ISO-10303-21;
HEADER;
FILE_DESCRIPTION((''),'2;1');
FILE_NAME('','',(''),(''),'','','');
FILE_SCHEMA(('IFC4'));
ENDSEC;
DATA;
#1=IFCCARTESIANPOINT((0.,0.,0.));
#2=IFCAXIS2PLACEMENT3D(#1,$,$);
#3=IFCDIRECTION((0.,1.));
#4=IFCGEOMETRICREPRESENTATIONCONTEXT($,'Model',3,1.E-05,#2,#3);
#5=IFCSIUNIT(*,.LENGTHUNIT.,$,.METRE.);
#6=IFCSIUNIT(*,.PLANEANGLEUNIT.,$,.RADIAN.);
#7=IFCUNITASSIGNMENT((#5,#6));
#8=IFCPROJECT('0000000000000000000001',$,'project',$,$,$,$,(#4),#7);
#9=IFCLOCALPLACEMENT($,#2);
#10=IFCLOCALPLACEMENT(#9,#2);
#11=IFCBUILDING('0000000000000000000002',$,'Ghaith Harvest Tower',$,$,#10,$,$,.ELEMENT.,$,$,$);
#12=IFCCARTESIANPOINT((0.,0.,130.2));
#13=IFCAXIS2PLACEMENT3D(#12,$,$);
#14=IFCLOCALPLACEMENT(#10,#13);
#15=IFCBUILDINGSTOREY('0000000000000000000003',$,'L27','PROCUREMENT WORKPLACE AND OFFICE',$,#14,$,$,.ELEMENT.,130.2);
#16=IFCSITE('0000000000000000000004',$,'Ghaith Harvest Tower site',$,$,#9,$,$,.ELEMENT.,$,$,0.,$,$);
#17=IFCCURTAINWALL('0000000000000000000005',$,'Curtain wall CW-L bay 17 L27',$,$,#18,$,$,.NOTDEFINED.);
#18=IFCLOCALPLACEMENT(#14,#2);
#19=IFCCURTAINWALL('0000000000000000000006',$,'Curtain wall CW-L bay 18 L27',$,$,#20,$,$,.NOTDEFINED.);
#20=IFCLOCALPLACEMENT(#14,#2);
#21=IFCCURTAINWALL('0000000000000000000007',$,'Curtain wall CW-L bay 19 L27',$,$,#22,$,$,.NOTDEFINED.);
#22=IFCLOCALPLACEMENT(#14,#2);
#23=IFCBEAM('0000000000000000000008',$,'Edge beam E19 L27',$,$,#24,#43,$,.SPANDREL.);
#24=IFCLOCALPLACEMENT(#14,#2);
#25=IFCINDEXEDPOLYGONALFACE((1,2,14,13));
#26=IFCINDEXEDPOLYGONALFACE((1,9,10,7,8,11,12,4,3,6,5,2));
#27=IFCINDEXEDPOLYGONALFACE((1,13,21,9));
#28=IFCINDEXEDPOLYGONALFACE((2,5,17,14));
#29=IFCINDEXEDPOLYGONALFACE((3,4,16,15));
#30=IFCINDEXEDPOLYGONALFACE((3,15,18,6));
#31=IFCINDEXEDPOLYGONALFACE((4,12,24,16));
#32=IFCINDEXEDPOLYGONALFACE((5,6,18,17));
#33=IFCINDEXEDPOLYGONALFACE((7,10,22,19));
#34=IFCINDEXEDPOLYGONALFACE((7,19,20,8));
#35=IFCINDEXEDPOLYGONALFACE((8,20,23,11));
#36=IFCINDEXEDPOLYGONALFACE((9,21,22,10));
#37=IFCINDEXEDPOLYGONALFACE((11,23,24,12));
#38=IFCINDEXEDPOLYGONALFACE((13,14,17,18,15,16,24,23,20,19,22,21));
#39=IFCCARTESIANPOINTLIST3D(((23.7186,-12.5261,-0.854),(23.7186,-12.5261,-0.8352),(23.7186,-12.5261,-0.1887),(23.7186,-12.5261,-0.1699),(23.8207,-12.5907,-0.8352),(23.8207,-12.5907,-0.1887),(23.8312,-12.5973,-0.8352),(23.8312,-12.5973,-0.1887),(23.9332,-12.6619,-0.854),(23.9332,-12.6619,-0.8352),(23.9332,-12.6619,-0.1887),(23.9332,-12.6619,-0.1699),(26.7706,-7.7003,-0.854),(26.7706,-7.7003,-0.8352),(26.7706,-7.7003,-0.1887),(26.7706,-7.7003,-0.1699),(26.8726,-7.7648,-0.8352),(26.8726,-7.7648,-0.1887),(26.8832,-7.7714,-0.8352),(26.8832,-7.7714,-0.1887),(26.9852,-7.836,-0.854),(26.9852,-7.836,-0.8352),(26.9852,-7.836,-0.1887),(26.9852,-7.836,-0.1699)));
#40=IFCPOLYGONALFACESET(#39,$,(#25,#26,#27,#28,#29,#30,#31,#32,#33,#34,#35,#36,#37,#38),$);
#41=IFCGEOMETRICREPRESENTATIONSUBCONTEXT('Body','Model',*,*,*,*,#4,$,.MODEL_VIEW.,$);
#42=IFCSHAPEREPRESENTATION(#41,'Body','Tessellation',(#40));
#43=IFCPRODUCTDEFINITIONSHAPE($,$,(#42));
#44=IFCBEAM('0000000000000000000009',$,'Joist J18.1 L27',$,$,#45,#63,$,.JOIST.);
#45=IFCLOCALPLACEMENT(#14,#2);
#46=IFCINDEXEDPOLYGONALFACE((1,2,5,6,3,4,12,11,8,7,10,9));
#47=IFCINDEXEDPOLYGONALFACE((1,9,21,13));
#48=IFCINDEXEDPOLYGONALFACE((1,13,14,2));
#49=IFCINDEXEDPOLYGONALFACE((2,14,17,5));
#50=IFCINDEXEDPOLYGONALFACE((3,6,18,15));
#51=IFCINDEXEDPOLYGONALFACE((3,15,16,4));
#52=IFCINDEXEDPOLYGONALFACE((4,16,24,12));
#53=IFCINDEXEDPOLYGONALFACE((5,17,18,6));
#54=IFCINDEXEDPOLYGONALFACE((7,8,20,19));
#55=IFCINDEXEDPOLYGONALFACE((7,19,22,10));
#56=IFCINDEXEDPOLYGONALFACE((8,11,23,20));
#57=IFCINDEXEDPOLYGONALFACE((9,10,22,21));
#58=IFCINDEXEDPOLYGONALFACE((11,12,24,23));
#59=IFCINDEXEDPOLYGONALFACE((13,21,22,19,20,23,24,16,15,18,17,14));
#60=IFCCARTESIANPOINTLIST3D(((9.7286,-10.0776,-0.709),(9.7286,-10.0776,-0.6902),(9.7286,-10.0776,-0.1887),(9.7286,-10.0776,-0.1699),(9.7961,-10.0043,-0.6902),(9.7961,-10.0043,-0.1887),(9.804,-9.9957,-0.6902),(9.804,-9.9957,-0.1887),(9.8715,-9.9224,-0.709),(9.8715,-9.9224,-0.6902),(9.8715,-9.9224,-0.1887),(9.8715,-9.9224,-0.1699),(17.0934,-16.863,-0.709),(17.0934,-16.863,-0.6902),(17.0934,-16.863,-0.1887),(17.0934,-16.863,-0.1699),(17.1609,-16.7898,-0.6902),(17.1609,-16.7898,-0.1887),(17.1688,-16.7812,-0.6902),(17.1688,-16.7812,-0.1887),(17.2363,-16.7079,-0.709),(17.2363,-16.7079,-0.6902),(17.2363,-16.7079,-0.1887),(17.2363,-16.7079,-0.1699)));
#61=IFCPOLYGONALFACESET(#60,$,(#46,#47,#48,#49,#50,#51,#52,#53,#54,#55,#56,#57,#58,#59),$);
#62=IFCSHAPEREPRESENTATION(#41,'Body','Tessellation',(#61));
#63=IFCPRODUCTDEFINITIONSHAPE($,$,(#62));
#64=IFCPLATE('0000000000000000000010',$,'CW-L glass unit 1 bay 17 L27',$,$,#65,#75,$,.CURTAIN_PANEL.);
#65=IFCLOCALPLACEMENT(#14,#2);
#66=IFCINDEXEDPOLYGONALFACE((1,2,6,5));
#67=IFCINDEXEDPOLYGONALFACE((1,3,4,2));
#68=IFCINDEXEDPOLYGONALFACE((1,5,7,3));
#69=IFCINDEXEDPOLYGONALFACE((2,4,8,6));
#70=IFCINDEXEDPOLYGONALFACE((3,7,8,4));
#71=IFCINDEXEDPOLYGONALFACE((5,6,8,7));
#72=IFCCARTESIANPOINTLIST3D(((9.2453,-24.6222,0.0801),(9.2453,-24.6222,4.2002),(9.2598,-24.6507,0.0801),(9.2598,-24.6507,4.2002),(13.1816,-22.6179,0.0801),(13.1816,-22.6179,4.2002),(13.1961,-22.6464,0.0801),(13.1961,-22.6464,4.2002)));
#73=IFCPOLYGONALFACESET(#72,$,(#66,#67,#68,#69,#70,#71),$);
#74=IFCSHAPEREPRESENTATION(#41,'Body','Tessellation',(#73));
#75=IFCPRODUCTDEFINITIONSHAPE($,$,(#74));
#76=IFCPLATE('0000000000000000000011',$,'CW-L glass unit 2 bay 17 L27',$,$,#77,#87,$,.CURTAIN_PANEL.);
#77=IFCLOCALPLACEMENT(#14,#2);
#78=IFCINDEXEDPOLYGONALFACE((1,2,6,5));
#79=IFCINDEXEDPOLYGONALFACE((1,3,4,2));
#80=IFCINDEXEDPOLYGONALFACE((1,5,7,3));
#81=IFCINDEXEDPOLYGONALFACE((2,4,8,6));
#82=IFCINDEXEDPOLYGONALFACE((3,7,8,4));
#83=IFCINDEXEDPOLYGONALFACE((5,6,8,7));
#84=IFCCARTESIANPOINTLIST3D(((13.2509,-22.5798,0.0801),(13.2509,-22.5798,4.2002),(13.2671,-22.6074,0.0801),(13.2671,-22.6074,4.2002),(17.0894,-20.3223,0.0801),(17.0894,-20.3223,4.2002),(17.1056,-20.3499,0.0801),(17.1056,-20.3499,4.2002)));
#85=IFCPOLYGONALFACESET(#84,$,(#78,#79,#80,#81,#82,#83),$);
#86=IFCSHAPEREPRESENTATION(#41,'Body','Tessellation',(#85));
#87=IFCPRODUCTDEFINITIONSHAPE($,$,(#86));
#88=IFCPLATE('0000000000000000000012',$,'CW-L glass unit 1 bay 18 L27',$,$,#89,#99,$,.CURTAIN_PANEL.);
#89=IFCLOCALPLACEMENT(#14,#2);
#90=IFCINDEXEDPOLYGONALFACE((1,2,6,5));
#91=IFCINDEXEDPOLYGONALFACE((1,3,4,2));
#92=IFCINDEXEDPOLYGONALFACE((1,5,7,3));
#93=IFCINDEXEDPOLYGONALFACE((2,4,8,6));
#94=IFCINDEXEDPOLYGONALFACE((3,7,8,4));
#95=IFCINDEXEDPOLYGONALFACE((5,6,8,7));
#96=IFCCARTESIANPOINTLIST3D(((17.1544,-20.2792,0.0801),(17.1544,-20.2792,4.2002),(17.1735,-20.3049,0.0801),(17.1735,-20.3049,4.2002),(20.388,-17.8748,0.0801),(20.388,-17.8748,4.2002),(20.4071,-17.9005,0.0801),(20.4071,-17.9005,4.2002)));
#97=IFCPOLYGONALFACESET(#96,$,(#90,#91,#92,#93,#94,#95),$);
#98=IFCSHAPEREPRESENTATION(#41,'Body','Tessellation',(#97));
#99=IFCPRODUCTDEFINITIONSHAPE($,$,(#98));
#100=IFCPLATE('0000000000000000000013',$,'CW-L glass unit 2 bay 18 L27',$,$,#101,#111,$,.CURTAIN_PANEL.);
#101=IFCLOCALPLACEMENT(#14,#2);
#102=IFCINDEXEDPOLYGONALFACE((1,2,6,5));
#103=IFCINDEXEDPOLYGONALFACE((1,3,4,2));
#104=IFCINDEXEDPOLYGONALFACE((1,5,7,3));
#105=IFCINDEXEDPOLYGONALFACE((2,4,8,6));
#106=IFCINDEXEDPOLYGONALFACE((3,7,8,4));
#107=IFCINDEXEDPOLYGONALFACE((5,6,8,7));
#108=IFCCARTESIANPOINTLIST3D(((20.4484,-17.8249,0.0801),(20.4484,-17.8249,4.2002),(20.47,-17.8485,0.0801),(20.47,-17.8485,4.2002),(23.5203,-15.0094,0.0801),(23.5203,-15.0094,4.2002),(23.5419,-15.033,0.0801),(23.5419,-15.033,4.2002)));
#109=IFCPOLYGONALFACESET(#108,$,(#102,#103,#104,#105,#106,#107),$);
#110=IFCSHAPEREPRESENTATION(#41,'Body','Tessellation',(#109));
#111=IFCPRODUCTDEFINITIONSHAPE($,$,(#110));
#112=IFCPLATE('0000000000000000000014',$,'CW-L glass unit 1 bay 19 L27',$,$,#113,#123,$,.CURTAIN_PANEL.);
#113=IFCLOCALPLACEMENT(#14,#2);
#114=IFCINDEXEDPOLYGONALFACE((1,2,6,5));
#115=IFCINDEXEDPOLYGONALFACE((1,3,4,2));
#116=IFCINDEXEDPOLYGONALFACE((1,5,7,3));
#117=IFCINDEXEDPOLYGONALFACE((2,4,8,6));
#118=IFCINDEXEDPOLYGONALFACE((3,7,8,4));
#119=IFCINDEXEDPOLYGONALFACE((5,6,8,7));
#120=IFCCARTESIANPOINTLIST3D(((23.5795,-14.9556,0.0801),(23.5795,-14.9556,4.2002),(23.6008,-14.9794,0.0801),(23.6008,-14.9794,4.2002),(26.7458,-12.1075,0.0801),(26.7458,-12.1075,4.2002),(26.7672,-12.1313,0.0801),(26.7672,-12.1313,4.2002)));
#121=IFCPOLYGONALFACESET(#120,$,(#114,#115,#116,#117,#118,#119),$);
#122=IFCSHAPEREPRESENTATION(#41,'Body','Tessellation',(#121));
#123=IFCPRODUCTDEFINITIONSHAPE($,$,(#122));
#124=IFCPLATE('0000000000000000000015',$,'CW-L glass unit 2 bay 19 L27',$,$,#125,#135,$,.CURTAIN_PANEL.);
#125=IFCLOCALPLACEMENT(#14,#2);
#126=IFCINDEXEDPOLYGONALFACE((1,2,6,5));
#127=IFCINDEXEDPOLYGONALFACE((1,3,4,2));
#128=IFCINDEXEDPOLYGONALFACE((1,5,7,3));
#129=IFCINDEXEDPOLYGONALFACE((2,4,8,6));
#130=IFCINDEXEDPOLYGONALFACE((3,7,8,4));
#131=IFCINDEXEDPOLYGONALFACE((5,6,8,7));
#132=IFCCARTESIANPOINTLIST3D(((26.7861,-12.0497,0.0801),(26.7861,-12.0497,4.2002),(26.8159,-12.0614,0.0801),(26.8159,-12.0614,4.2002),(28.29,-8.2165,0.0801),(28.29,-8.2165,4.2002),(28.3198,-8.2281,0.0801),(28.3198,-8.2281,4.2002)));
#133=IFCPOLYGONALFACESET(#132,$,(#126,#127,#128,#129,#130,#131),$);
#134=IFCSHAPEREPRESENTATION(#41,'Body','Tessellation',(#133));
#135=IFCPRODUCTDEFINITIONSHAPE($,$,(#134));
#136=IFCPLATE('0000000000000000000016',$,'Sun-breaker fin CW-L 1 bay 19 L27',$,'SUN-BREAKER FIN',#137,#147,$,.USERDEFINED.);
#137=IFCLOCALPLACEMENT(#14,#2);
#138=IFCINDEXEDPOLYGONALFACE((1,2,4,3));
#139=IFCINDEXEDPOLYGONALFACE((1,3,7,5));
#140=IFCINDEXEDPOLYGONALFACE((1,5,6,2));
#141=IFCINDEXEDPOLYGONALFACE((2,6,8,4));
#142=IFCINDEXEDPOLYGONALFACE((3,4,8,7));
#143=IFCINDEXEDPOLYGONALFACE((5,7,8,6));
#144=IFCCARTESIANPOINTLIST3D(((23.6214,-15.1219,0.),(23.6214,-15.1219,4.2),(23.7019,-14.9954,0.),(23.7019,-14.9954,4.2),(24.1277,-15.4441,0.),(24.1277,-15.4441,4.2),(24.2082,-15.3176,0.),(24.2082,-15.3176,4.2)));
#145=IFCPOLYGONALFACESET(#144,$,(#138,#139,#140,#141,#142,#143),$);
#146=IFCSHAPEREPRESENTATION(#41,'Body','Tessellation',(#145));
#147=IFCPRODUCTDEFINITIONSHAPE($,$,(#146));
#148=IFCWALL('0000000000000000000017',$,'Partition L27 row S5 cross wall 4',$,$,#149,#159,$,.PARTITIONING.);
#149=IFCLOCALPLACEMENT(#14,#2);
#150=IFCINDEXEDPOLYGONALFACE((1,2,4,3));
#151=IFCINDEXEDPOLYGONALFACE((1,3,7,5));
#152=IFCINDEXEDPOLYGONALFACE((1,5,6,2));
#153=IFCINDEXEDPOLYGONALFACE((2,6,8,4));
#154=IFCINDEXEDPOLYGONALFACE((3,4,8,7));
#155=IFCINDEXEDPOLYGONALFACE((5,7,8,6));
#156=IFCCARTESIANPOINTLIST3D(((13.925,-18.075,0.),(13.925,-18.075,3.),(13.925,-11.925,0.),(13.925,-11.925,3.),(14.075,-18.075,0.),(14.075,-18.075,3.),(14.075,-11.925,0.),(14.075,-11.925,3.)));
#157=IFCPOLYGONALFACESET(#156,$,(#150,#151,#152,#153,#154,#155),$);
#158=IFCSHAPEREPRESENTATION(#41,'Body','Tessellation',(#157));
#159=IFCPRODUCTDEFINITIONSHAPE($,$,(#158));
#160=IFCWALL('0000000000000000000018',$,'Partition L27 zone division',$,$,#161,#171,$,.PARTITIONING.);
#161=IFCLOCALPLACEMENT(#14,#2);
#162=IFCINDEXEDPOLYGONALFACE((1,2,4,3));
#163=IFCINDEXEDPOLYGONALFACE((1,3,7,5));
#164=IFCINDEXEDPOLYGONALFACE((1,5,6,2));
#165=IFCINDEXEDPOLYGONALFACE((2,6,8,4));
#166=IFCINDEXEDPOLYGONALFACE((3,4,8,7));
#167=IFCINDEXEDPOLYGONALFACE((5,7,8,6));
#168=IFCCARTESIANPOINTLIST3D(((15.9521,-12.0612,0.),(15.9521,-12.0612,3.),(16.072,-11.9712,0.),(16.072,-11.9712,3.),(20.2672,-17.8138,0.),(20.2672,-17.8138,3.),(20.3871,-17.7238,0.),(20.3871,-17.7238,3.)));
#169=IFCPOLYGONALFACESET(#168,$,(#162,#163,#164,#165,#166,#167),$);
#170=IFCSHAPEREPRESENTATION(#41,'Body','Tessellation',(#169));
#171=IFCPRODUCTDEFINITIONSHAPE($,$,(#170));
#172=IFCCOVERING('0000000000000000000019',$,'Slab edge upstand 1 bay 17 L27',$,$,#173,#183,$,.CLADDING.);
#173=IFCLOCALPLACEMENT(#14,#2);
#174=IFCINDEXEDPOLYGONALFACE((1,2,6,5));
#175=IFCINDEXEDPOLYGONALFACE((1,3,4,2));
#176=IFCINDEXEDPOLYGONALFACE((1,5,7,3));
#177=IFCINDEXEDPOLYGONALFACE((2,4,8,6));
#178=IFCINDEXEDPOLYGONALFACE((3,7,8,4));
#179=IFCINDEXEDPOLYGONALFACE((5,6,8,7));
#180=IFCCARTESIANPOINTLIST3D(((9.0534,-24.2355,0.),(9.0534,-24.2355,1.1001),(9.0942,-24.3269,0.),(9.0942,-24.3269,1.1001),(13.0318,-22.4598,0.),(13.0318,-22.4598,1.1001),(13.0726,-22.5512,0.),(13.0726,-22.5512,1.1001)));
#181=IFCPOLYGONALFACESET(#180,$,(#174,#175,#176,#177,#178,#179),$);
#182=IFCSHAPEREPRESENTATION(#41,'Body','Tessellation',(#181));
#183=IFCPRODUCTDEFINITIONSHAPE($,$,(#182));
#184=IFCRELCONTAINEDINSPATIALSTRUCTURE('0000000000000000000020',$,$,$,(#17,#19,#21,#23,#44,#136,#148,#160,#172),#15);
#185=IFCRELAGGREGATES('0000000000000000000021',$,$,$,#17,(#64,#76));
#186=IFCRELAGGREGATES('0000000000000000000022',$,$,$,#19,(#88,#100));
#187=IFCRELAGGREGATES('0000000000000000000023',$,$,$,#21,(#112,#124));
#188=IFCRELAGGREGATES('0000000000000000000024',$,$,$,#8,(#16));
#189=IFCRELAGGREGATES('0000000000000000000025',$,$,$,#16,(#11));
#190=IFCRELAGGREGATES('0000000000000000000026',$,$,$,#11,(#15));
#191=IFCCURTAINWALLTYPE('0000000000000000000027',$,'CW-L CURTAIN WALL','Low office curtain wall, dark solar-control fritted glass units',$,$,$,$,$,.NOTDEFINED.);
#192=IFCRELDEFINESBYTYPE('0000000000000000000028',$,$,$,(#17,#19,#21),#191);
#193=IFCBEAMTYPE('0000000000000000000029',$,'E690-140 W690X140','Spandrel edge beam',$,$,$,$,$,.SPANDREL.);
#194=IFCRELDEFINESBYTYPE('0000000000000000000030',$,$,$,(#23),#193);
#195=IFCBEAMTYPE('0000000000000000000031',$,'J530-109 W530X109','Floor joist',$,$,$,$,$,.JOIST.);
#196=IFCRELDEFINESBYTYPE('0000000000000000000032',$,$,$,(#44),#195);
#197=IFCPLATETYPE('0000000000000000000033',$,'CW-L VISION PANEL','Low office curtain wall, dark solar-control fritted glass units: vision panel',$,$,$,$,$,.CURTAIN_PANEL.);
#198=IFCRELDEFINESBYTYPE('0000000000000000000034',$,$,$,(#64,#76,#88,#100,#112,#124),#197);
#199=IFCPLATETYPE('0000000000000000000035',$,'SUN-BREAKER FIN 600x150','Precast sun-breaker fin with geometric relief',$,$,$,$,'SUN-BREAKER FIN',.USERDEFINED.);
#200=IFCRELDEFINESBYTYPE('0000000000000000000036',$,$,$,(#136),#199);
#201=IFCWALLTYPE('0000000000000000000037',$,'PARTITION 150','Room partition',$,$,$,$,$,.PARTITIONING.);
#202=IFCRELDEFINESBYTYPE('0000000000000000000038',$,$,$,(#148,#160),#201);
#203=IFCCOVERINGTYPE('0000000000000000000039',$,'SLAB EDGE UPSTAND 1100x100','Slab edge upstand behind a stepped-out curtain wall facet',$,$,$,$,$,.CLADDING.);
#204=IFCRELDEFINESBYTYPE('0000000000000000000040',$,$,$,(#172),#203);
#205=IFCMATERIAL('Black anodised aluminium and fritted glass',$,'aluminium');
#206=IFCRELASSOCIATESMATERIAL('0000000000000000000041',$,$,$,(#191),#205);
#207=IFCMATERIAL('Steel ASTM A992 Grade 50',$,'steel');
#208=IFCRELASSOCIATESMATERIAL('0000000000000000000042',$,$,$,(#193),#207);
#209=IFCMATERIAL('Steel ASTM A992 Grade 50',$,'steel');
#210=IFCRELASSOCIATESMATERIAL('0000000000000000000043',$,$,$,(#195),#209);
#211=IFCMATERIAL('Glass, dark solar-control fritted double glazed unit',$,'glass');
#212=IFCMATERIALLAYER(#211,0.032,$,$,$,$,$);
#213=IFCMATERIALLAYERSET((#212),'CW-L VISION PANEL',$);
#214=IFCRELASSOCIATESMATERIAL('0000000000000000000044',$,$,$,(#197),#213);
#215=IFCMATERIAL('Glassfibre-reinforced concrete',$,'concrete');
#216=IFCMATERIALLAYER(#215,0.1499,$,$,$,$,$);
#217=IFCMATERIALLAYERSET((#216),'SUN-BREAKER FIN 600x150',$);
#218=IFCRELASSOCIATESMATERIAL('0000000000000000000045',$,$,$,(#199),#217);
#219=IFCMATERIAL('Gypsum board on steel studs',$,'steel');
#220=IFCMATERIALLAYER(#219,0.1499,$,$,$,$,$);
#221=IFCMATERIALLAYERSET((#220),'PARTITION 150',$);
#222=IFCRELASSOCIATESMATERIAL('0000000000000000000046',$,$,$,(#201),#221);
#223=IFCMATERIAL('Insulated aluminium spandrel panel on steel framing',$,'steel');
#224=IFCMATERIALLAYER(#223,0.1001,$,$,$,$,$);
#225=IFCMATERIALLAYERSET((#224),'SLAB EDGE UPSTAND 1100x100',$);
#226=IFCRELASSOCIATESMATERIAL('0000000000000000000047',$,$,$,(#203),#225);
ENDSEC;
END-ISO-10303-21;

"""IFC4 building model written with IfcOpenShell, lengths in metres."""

from ifc_helpers import new_model, si_unit, direction, frame, frame_2d, origin, origin_2d, place, context, subcontext, project, spatial, rectangle, i_section, extrude, material, layer, layer_set, material_profile, profile_set, type_object, element, aggregate, save


model = new_model("IFC4")

# Units and contexts
model_context = context("Model", 3, precision=1e-05, world=origin(), true_north=direction((0.0, 1.0)))
body_context = subcontext(model_context, "Body", "Model", "MODEL_VIEW")
ifc_project = project(units=[si_unit("LENGTHUNIT", "METRE"), si_unit("PLANEANGLEUNIT", "RADIAN")], contexts=[model_context])

# Site, building, storey
site_placement = place(None, origin())
site = spatial("IfcSite", under=ifc_project, at=site_placement, Name="Ghaith Harvest Tower site", CompositionType="ELEMENT", RefElevation=0.0)
building_placement = place(site_placement, origin())
building = spatial("IfcBuilding", under=site, at=building_placement, Name="Ghaith Harvest Tower", CompositionType="ELEMENT")
storey_placement = place(building_placement, frame((0.0, 0.0, 130.2)))
storey = spatial("IfcBuildingStorey", under=building, at=storey_placement, Name="L27", Description="PROCUREMENT WORKPLACE AND OFFICE", CompositionType="ELEMENT", Elevation=130.2)

# Curtain wall
ifc_material_1 = material(Name="Black anodised aluminium and fritted glass", Category="aluminium")
curtain_wall_type = type_object("IfcCurtainWallType", Name="CW-L CURTAIN WALL", Description="Low office curtain wall, dark solar-control fritted glass units", PredefinedType="NOTDEFINED", material=ifc_material_1)
curtain_wall_1_placement = place(storey_placement, origin())
curtain_wall_1 = element("IfcCurtainWall", 1, at=curtain_wall_1_placement, inside=storey, type_object=curtain_wall_type, Name="Curtain wall CW-L bay 17 L27", PredefinedType="NOTDEFINED")

# Curtain walls
curtain_wall_2_placement = place(storey_placement, origin())
curtain_wall_2 = element("IfcCurtainWall", 2, at=curtain_wall_2_placement, inside=storey, type_object=curtain_wall_type, Name="Curtain wall CW-L bay 18 L27", PredefinedType="NOTDEFINED")
curtain_wall_3_placement = place(storey_placement, origin())
curtain_wall_3 = element("IfcCurtainWall", 3, at=curtain_wall_3_placement, inside=storey, type_object=curtain_wall_type, Name="Curtain wall CW-L bay 19 L27", PredefinedType="NOTDEFINED")

# Beams
ifc_material_2 = material(Name="Steel ASTM A992 Grade 50", Category="steel")
ifc_material_profile_1 = material_profile(ifc_material_2, i_section(OverallWidth=0.2539, OverallDepth=0.6841, WebThickness=0.0125, FlangeThickness=0.0188, at=origin_2d()), Name="W690X140")
ifc_profile_set_1 = profile_set([ifc_material_profile_1], Name="Steel ASTM A992 Grade 50")
beam_type_1 = type_object("IfcBeamType", Name="E690-140 W690X140", Description="Spandrel edge beam", PredefinedType="SPANDREL", material=ifc_profile_set_1)
beam_1_placement = place(storey_placement, frame((23.8259, -12.594, -0.512), z_axis=(0.5345, 0.845169, 0.0), x_axis=(-0.845169, 0.5345, 0.0)))
element("IfcBeam", 4, at=beam_1_placement, inside=storey, type_object=beam_type_1, Name="Edge beam E19 L27", PredefinedType="SPANDREL", context=body_context, shape_type="SweptSolid", body=[
    extrude(i_section(OverallWidth=0.2539, OverallDepth=0.6841, WebThickness=0.0125, FlangeThickness=0.0188, at=origin_2d()), origin(), (0.0, 0.0, 1.0), 5.71),
])
ifc_material_3 = material(Name="Steel ASTM A992 Grade 50", Category="steel")
ifc_material_profile_2 = material_profile(ifc_material_3, i_section(OverallWidth=0.2109, OverallDepth=0.5391, WebThickness=0.0117, FlangeThickness=0.0188, at=origin_2d()), Name="W530X109")
ifc_profile_set_2 = profile_set([ifc_material_profile_2], Name="Steel ASTM A992 Grade 50")
beam_type_2 = type_object("IfcBeamType", Name="J530-109 W530X109", Description="Floor joist", PredefinedType="JOIST", material=ifc_profile_set_2)
beam_2_placement = place(storey_placement, frame((9.8, -10.0, -0.4395), z_axis=(0.735442, -0.677588, 0.0), x_axis=(0.677588, 0.735442, 0.0)))
element("IfcBeam", 5, at=beam_2_placement, inside=storey, type_object=beam_type_2, Name="Joist J18.1 L27", PredefinedType="JOIST", context=body_context, shape_type="SweptSolid", body=[
    extrude(i_section(OverallWidth=0.2109, OverallDepth=0.5391, WebThickness=0.0117, FlangeThickness=0.0188, at=origin_2d()), origin(), (0.0, 0.0, 1.0), 10.0142),
])

# Plates
ifc_material_4 = material(Name="Glass, dark solar-control fritted double glazed unit", Category="glass")
ifc_layer_1 = layer(ifc_material_4, 0.032)
ifc_layer_set_1 = layer_set([ifc_layer_1], Name="CW-L VISION PANEL")
plate_type_1 = type_object("IfcPlateType", Name="CW-L VISION PANEL", Description="Low office curtain wall, dark solar-control fritted glass units: vision panel", PredefinedType="CURTAIN_PANEL", material=ifc_layer_set_1)
plate_1_placement = place(storey_placement, frame((11.2207, -23.6343, 0.0801), z_axis=(0.0, 0.0, 1.0), x_axis=(0.891127, 0.453754, 0.0)))
plate_1 = element("IfcPlate", 6, at=plate_1_placement, type_object=plate_type_1, Name="CW-L glass unit 1 bay 17 L27", PredefinedType="CURTAIN_PANEL", context=body_context, shape_type="SweptSolid", body=[
    extrude(rectangle(XDim=4.4172, YDim=0.032, at=origin_2d()), origin(), (0.0, 0.0, 1.0), 4.1201),
])
plate_2_placement = place(storey_placement, frame((15.1782, -21.4648, 0.0801), z_axis=(0.0, 0.0, 1.0), x_axis=(0.861979, 0.506943, 0.0)))
plate_2 = element("IfcPlate", 7, at=plate_2_placement, type_object=plate_type_1, Name="CW-L glass unit 2 bay 17 L27", PredefinedType="CURTAIN_PANEL", context=body_context, shape_type="SweptSolid", body=[
    extrude(rectangle(XDim=4.4531, YDim=0.032, at=origin_2d()), origin(), (0.0, 0.0, 1.0), 4.1201),
])
aggregate(curtain_wall_1, [plate_1, plate_2])
plate_3_placement = place(storey_placement, frame((18.7808, -19.0898, 0.0801), z_axis=(0.0, 0.0, 1.0), x_axis=(0.802462, 0.596703, 0.0)))
plate_3 = element("IfcPlate", 8, at=plate_3_placement, type_object=plate_type_1, Name="CW-L glass unit 1 bay 18 L27", PredefinedType="CURTAIN_PANEL", context=body_context, shape_type="SweptSolid", body=[
    extrude(rectangle(XDim=4.0295, YDim=0.032, at=origin_2d()), origin(), (0.0, 0.0, 1.0), 4.1201),
])
plate_4_placement = place(storey_placement, frame((21.9951, -16.429, 0.0801), z_axis=(0.0, 0.0, 1.0), x_axis=(0.737202, 0.675673, 0.0)))
plate_4 = element("IfcPlate", 9, at=plate_4_placement, type_object=plate_type_1, Name="CW-L glass unit 2 bay 18 L27", PredefinedType="CURTAIN_PANEL", context=body_context, shape_type="SweptSolid", body=[
    extrude(rectangle(XDim=4.167, YDim=0.032, at=origin_2d()), origin(), (0.0, 0.0, 1.0), 4.1201),
])
aggregate(curtain_wall_2, [plate_3, plate_4])
plate_5_placement = place(storey_placement, frame((25.1733, -13.5435, 0.0801), z_axis=(0.0, 0.0, 1.0), x_axis=(0.743493, 0.668744, 0.0)))
plate_5 = element("IfcPlate", 10, at=plate_5_placement, type_object=plate_type_1, Name="CW-L glass unit 1 bay 19 L27", PredefinedType="CURTAIN_PANEL", context=body_context, shape_type="SweptSolid", body=[
    extrude(rectangle(XDim=4.2588, YDim=0.032, at=origin_2d()), origin(), (0.0, 0.0, 1.0), 4.1201),
])
plate_6_placement = place(storey_placement, frame((27.553, -10.1389, 0.0801), z_axis=(0.0, 0.0, 1.0), x_axis=(0.365226, 0.930919, 0.0)))
plate_6 = element("IfcPlate", 11, at=plate_6_placement, type_object=plate_type_1, Name="CW-L glass unit 2 bay 19 L27", PredefinedType="CURTAIN_PANEL", context=body_context, shape_type="SweptSolid", body=[
    extrude(rectangle(XDim=4.1177, YDim=0.032, at=origin_2d()), origin(), (0.0, 0.0, 1.0), 4.1201),
])
aggregate(curtain_wall_3, [plate_5, plate_6])
ifc_material_5 = material(Name="Glassfibre-reinforced concrete", Category="concrete")
ifc_layer_2 = layer(ifc_material_5, 0.1499)
ifc_layer_set_2 = layer_set([ifc_layer_2], Name="SUN-BREAKER FIN 600x150")
plate_type_2 = type_object("IfcPlateType", Name="SUN-BREAKER FIN 600x150", Description="Precast sun-breaker fin with geometric relief", ElementType="SUN-BREAKER FIN", PredefinedType="USERDEFINED", material=ifc_layer_set_2)
plate_7_placement = place(storey_placement, frame((23.9148, -15.2197, 0.0), z_axis=(0.0, 0.0, 1.0), x_axis=(0.843644, -0.536903, 0.0)))
element("IfcPlate", 12, at=plate_7_placement, inside=storey, type_object=plate_type_2, Name="Sun-breaker fin CW-L 1 bay 19 L27", ObjectType="SUN-BREAKER FIN", PredefinedType="USERDEFINED", context=body_context, shape_type="SweptSolid", body=[
    extrude(rectangle(XDim=0.6001, YDim=0.1499, at=origin_2d()), origin(), (0.0, 0.0, 1.0), 4.2),
])

# Walls
ifc_material_6 = material(Name="Gypsum board on steel studs", Category="steel")
ifc_layer_3 = layer(ifc_material_6, 0.1499)
ifc_layer_set_3 = layer_set([ifc_layer_3], Name="PARTITION 150")
wall_type = type_object("IfcWallType", Name="PARTITION 150", Description="Room partition", PredefinedType="PARTITIONING", material=ifc_layer_set_3)
wall_1_placement = place(storey_placement, frame((14.0, -11.925, 0.0), z_axis=(0.0, 0.0, 1.0), x_axis=(0.0, -1.0, 0.0)))
element("IfcWall", 13, at=wall_1_placement, inside=storey, type_object=wall_type, Name="Partition L27 row S5 cross wall 4", PredefinedType="PARTITIONING", context=body_context, shape_type="SweptSolid", body=[
    extrude(rectangle(XDim=6.1499, YDim=0.1499, at=frame_2d((3.075, 0.0))), origin(), (0.0, 0.0, 1.0), 3.0),
])
wall_2_placement = place(storey_placement, frame((16.012, -12.0161, 0.0), z_axis=(0.0, 0.0, 1.0), x_axis=(0.60006, -0.799955, 0.0)))
element("IfcWall", 14, at=wall_2_placement, inside=storey, type_object=wall_type, Name="Partition L27 zone division", PredefinedType="PARTITIONING", context=body_context, shape_type="SweptSolid", body=[
    extrude(rectangle(XDim=7.1912, YDim=0.1499, at=frame_2d((3.5957, 0.0))), origin(), (0.0, 0.0, 1.0), 3.0),
])

# Covering
ifc_material_7 = material(Name="Insulated aluminium spandrel panel on steel framing", Category="steel")
ifc_layer_4 = layer(ifc_material_7, 0.1001)
ifc_layer_set_4 = layer_set([ifc_layer_4], Name="SLAB EDGE UPSTAND 1100x100")
covering_type = type_object("IfcCoveringType", Name="SLAB EDGE UPSTAND 1100x100", Description="Slab edge upstand behind a stepped-out curtain wall facet", PredefinedType="CLADDING", material=ifc_layer_set_4)
covering_1_placement = place(storey_placement, frame((11.063, -23.3933, 0.0), z_axis=(0.0, 0.0, 1.0), x_axis=(0.91317, 0.407578, 0.0)))
element("IfcCovering", 15, at=covering_1_placement, inside=storey, type_object=covering_type, Name="Slab edge upstand 1 bay 17 L27", PredefinedType="CLADDING", context=body_context, shape_type="SweptSolid", body=[
    extrude(rectangle(XDim=4.3567, YDim=0.1001, at=origin_2d()), origin(), (0.0, 0.0, 1.0), 1.1001),
])

save(model, "model.ifc")
